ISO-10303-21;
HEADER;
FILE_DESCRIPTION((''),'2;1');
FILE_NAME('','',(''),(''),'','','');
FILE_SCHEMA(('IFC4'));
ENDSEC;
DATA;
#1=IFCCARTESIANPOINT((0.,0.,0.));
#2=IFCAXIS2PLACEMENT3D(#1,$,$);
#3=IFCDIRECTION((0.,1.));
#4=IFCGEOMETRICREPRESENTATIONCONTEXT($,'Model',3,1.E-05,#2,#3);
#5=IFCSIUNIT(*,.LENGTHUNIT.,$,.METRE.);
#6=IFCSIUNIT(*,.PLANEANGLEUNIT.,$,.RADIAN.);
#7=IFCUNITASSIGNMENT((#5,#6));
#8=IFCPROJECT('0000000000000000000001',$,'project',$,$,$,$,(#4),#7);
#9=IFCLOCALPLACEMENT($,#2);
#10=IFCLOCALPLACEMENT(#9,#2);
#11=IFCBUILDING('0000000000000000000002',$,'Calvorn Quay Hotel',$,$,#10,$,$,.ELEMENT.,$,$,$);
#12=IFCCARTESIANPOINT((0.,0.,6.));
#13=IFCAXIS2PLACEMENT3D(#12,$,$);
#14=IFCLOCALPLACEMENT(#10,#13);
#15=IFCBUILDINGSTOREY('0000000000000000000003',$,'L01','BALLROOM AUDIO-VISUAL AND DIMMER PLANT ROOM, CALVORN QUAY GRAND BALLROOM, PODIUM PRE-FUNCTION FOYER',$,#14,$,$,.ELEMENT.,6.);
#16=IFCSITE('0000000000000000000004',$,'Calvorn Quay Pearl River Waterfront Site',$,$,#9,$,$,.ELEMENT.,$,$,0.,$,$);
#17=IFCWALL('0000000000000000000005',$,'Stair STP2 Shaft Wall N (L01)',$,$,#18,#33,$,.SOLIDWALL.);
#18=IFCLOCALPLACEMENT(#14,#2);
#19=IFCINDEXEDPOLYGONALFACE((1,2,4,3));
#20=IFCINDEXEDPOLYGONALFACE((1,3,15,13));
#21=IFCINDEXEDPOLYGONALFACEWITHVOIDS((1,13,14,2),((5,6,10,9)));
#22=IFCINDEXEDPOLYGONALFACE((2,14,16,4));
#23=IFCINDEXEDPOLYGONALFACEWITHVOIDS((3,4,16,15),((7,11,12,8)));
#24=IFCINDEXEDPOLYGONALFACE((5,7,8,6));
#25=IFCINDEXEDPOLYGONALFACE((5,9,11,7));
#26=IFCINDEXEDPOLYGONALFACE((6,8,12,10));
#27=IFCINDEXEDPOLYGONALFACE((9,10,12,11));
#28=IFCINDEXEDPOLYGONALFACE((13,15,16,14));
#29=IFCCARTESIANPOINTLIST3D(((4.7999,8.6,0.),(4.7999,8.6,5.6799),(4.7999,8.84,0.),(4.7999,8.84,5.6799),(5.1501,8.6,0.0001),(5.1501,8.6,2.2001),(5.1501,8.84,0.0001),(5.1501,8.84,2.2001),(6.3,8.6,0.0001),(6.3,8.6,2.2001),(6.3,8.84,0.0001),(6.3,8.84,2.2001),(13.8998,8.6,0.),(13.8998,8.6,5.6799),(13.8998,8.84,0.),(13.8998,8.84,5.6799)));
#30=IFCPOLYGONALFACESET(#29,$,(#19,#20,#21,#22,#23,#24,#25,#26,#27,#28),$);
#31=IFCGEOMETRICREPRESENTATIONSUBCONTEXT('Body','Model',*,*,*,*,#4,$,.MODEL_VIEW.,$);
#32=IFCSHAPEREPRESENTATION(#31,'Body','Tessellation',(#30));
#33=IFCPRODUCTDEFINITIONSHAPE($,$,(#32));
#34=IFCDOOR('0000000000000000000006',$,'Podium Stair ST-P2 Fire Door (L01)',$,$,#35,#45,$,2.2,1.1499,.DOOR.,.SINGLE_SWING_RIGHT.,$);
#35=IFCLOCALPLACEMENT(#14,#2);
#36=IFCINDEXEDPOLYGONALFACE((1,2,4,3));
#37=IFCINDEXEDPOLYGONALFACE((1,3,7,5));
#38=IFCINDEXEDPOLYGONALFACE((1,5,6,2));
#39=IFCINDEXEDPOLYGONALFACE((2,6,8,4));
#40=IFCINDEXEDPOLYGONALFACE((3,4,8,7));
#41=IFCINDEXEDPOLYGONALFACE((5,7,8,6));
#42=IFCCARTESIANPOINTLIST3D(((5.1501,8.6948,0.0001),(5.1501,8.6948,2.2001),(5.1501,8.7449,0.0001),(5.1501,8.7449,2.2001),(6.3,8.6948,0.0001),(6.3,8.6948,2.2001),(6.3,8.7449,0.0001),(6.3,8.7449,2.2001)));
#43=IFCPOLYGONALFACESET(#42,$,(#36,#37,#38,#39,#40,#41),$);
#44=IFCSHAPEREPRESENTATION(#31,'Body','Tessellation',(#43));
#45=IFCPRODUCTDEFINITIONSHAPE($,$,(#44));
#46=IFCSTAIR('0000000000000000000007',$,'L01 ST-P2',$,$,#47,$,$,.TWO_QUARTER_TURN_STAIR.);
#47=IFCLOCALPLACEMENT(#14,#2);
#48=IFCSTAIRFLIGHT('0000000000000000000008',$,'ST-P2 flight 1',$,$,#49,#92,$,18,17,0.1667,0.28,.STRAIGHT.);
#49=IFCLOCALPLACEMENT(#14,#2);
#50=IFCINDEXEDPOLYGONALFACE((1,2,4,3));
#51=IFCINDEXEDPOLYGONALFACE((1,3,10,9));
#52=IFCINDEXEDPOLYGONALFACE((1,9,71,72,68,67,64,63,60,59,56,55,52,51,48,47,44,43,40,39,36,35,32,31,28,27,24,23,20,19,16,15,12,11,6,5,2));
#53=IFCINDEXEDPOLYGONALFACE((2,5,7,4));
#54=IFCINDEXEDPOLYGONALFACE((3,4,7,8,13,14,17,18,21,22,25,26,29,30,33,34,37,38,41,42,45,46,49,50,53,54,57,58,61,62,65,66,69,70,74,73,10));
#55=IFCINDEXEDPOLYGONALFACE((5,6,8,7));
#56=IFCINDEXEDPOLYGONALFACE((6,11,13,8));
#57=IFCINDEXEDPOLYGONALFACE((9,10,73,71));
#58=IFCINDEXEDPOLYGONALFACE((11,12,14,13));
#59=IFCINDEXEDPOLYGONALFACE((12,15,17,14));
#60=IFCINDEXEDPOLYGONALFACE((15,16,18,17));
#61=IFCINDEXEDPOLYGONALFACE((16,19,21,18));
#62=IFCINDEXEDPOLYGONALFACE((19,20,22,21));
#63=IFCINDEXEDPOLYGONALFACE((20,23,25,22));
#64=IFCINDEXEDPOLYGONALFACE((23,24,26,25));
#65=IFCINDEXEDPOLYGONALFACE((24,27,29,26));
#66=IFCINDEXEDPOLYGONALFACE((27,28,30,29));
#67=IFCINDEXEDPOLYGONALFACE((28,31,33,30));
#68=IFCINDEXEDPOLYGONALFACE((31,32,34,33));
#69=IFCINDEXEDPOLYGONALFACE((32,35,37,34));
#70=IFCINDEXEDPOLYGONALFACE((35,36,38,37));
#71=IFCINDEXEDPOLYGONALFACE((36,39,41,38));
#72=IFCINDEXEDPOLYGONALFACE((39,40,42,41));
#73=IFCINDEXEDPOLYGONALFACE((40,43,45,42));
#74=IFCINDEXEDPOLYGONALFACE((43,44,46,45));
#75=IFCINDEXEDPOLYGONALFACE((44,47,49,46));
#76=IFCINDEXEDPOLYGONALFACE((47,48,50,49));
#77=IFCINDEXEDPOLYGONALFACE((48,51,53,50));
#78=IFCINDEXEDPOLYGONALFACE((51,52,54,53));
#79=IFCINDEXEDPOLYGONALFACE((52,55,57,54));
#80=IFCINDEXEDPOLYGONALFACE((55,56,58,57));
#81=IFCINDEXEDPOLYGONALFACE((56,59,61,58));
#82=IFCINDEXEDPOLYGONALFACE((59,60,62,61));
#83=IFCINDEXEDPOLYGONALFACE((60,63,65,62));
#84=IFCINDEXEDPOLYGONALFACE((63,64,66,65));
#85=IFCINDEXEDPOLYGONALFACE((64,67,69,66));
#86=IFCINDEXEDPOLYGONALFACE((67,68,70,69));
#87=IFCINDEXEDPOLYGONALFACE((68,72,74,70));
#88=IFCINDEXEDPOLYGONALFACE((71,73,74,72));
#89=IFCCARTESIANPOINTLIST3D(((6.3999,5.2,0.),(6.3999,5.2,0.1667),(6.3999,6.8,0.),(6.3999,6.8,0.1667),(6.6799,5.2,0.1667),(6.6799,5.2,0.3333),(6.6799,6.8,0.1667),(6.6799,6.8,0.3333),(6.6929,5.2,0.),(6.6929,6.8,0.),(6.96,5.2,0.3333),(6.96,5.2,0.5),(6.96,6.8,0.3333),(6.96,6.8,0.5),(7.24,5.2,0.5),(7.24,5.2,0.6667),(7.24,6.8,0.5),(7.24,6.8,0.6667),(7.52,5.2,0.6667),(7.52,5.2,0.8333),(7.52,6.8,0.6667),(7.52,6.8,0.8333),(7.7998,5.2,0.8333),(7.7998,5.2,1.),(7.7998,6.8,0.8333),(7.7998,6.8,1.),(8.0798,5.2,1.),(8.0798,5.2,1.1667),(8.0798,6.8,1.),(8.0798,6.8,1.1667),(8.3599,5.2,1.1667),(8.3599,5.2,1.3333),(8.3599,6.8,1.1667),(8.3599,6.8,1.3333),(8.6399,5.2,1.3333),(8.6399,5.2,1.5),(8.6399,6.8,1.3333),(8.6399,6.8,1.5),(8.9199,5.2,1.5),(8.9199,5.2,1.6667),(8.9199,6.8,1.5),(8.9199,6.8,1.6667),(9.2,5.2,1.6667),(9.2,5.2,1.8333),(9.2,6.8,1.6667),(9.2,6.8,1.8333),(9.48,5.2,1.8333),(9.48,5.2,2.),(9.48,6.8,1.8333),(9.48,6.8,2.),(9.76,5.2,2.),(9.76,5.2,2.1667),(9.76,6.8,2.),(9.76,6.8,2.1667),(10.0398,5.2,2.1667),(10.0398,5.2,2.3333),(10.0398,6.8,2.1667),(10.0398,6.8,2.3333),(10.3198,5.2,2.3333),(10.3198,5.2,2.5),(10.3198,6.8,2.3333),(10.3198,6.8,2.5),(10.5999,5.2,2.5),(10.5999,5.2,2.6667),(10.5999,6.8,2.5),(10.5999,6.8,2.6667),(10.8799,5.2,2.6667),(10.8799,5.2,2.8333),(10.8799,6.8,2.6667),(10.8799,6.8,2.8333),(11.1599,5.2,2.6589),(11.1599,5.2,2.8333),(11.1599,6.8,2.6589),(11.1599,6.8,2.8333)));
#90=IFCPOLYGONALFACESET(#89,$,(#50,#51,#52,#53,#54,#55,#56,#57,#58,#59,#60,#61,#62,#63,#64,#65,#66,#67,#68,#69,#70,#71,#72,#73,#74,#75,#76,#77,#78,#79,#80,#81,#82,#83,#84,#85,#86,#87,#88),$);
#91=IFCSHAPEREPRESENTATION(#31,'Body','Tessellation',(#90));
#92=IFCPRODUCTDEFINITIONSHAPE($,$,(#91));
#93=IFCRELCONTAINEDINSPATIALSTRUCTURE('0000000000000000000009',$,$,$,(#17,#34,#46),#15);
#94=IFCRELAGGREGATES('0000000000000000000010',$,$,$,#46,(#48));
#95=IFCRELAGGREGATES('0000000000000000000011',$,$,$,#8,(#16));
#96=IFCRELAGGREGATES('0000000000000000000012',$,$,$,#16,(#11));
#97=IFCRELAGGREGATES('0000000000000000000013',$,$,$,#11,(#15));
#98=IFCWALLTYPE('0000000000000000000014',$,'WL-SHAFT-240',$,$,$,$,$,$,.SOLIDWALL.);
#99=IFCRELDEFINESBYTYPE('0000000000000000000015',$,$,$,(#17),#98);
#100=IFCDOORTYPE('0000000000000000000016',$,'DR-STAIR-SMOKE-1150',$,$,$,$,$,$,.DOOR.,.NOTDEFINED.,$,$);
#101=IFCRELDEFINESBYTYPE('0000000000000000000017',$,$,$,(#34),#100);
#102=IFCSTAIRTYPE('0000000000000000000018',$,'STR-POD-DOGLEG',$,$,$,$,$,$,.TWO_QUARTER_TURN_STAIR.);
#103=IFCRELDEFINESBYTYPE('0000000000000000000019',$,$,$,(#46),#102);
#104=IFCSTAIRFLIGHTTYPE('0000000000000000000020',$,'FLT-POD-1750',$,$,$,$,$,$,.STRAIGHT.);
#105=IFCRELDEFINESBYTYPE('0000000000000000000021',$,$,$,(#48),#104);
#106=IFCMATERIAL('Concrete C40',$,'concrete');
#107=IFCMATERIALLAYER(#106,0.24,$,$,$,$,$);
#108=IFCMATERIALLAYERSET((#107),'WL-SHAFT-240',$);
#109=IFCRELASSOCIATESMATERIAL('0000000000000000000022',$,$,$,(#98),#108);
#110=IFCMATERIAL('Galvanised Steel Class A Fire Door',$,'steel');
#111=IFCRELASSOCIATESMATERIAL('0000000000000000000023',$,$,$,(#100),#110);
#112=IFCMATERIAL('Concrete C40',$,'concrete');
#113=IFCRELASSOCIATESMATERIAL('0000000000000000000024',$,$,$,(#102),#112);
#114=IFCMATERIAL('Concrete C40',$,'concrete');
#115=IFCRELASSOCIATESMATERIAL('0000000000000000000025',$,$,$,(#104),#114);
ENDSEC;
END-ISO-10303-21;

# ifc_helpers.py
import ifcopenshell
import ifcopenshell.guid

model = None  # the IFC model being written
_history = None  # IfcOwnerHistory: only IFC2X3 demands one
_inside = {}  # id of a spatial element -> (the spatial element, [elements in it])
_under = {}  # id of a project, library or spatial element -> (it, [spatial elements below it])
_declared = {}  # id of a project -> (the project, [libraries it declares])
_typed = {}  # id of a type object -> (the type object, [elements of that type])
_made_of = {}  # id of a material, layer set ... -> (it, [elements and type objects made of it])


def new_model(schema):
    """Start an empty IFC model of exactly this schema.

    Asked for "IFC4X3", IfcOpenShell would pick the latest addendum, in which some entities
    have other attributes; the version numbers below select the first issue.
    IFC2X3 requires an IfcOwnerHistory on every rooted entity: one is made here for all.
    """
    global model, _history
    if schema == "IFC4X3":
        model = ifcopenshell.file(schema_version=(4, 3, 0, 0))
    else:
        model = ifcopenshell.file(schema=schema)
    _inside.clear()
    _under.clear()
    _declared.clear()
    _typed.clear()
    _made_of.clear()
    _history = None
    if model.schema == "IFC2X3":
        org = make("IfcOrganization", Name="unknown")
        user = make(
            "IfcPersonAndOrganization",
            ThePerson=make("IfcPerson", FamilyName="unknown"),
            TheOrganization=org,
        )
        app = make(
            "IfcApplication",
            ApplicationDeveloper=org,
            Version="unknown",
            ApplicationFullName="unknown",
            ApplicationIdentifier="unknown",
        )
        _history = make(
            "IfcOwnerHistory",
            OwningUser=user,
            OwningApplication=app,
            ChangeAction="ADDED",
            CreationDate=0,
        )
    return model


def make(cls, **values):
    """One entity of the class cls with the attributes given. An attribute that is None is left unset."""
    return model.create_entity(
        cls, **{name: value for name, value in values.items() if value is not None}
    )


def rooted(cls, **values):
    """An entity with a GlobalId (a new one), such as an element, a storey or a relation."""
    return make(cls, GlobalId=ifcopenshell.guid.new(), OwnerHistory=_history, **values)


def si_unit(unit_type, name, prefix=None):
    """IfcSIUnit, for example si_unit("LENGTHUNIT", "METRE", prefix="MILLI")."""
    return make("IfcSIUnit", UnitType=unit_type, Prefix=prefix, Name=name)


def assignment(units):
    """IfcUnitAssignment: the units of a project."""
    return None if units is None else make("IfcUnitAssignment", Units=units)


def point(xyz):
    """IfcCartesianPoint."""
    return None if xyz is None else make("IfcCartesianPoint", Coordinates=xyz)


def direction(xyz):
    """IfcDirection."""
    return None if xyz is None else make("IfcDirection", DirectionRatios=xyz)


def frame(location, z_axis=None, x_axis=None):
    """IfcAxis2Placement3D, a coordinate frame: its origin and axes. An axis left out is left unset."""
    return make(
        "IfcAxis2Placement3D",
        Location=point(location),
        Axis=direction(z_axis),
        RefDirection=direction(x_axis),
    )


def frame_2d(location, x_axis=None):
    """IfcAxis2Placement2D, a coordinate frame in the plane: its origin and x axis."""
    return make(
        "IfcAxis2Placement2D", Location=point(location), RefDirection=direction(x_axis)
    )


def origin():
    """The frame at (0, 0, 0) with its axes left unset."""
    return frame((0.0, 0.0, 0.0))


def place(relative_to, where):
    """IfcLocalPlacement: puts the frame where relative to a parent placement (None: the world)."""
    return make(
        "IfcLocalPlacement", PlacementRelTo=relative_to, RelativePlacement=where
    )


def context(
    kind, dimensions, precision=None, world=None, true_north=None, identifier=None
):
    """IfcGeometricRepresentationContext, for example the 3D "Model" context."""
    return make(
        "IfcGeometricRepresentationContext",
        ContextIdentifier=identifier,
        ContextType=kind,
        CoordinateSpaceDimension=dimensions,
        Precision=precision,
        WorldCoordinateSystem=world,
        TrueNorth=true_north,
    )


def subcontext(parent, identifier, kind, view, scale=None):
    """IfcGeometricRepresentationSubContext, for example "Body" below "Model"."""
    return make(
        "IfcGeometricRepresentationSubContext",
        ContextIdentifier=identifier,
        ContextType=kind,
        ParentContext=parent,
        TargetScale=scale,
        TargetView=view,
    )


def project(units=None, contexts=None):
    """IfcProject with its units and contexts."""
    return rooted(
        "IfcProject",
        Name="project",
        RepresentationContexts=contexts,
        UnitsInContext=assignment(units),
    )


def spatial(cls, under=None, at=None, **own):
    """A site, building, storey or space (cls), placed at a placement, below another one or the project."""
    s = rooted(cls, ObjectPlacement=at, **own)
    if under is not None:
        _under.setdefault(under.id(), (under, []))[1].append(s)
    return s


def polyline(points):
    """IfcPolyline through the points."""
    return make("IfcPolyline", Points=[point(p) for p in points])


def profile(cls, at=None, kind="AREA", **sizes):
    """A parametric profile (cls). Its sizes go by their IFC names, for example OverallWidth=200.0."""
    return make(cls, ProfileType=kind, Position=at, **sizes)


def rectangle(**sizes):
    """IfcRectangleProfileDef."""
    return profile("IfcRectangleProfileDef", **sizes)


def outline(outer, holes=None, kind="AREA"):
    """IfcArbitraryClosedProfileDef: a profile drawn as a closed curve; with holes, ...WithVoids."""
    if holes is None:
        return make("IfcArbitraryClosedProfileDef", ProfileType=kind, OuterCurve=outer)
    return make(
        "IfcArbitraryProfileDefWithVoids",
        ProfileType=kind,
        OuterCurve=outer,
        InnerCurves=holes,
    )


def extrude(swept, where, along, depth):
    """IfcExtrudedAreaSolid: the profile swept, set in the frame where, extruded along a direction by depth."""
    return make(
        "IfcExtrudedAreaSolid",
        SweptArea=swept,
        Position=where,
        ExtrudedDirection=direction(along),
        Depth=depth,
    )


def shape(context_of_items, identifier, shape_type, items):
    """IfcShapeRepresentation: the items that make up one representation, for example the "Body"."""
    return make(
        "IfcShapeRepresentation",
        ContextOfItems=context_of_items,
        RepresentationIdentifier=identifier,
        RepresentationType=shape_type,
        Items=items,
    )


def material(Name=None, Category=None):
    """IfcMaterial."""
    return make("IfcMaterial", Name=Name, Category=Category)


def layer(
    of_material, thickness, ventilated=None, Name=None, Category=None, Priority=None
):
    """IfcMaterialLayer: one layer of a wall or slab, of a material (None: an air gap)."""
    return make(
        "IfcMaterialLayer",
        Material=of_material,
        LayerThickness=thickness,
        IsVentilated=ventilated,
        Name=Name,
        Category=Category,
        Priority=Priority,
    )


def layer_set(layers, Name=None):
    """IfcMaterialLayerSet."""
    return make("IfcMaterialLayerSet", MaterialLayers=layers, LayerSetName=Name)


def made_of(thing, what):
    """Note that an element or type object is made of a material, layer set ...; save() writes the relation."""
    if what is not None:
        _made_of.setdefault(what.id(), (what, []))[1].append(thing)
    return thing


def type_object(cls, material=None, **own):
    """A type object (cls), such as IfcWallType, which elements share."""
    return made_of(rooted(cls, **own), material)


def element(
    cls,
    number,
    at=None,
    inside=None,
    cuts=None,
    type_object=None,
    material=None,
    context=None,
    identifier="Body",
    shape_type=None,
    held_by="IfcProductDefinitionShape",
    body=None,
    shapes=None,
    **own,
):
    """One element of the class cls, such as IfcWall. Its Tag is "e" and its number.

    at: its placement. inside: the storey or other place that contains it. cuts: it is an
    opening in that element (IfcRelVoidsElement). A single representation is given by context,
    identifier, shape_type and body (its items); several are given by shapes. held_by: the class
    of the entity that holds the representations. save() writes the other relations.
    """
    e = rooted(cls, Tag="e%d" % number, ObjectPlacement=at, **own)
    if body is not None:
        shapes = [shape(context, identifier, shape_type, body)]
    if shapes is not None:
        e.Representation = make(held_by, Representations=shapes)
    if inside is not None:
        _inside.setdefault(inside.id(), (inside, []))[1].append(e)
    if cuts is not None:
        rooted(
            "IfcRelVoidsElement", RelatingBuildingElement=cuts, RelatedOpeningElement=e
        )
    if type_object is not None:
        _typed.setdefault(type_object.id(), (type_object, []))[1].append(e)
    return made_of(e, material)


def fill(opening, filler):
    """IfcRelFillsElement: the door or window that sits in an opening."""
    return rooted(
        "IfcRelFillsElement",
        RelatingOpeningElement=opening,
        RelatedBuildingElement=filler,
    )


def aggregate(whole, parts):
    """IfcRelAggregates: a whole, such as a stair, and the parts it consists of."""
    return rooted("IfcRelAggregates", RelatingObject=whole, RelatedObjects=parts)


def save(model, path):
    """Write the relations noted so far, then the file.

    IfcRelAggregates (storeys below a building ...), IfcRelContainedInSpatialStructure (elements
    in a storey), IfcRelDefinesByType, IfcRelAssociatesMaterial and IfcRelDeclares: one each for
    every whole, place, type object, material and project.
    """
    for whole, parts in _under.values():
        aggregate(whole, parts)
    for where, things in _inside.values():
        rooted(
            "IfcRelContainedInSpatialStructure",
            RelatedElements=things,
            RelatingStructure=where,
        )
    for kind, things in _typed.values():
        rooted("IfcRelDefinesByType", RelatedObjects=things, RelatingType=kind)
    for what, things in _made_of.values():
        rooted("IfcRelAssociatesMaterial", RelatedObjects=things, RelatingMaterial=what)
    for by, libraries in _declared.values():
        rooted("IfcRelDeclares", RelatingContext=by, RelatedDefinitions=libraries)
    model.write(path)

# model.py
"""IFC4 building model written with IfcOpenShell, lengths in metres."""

from ifc_helpers import new_model, si_unit, direction, frame, frame_2d, origin, place, context, subcontext, project, spatial, polyline, rectangle, outline, extrude, material, layer, layer_set, type_object, element, fill, aggregate, save


model = new_model("IFC4")

# Units and contexts
model_context = context("Model", 3, precision=1e-05, world=origin(), true_north=direction((0.0, 1.0)))
body_context = subcontext(model_context, "Body", "Model", "MODEL_VIEW")
ifc_project = project(units=[si_unit("LENGTHUNIT", "METRE"), si_unit("PLANEANGLEUNIT", "RADIAN")], contexts=[model_context])

# Site, building, storey
site_placement = place(None, origin())
site = spatial("IfcSite", under=ifc_project, at=site_placement, Name="Calvorn Quay Pearl River Waterfront Site", CompositionType="ELEMENT", RefElevation=0.0)
building_placement = place(site_placement, origin())
building = spatial("IfcBuilding", under=site, at=building_placement, Name="Calvorn Quay Hotel", CompositionType="ELEMENT")
storey_placement = place(building_placement, frame((0.0, 0.0, 6.0)))
storey = spatial("IfcBuildingStorey", under=building, at=storey_placement, Name="L01", Description="BALLROOM AUDIO-VISUAL AND DIMMER PLANT ROOM, CALVORN QUAY GRAND BALLROOM, PODIUM PRE-FUNCTION FOYER", CompositionType="ELEMENT", Elevation=6.0)

# Shared definitions
ifc_material_1 = material(Name="Concrete C40", Category="concrete")
ifc_layer_1 = layer(ifc_material_1, 0.24)
ifc_layer_set_1 = layer_set([ifc_layer_1], Name="WL-SHAFT-240")
wall_type_1 = type_object("IfcWallType", Name="WL-SHAFT-240", PredefinedType="SOLIDWALL", material=ifc_layer_set_1)

# Wall, opening, door
wall_1_placement = place(storey_placement, frame((4.8, 8.72, 0.0), z_axis=(0.0, 0.0, 1.0), x_axis=(1.0, 0.0, 0.0)))
wall_1 = element("IfcWall", 1, at=wall_1_placement, inside=storey, type_object=wall_type_1, Name="Stair STP2 Shaft Wall N (L01)", PredefinedType="SOLIDWALL", context=body_context, shape_type="SweptSolid", body=[
    extrude(rectangle(XDim=9.0999, YDim=0.24, at=frame_2d((4.5498, 0.0))), origin(), (0.0, 0.0, 1.0), 5.6799),
])
opening_placement = place(wall_1_placement, frame((0.3501, 0.0, 0.0)))
opening = element("IfcOpeningElement", 2, at=opening_placement, cuts=wall_1, PredefinedType="OPENING", context=body_context, shape_type="SweptSolid", body=[
    extrude(rectangle(XDim=1.1499, YDim=2.2, at=frame_2d((0.575, 1.1001))), frame((0.0, 0.1299, 0.0), z_axis=(0.0, -1.0, 0.0), x_axis=(1.0, 0.0, 0.0)), (0.0, 0.0, 1.0), 0.26),
])
ifc_material_2 = material(Name="Galvanised Steel Class A Fire Door", Category="steel")
door_type = type_object("IfcDoorType", Name="DR-STAIR-SMOKE-1150", OperationType="NOTDEFINED", PredefinedType="DOOR", material=ifc_material_2)
door_placement = place(opening_placement, origin())
door = element("IfcDoor", 3, at=door_placement, inside=storey, type_object=door_type, Name="Podium Stair ST-P2 Fire Door (L01)", OperationType="SINGLE_SWING_RIGHT", OverallHeight=2.2, OverallWidth=1.1499, PredefinedType="DOOR", context=body_context, shape_type="SweptSolid", body=[
    extrude(rectangle(XDim=1.1499, YDim=2.2, at=frame_2d((0.575, 1.1001))), frame((0.0, 0.0249, 0.0), z_axis=(0.0, -1.0, 0.0), x_axis=(1.0, 0.0, 0.0)), (0.0, 0.0, 1.0), 0.05),
])
fill(opening, door)

# Stair, stair flight
ifc_material_3 = material(Name="Concrete C40", Category="concrete")
stair_type = type_object("IfcStairType", Name="STR-POD-DOGLEG", PredefinedType="TWO_QUARTER_TURN_STAIR", material=ifc_material_3)
stair_placement = place(storey_placement, origin())
stair = element("IfcStair", 4, at=stair_placement, inside=storey, type_object=stair_type, Name="L01 ST-P2", PredefinedType="TWO_QUARTER_TURN_STAIR")
ifc_material_4 = material(Name="Concrete C40", Category="concrete")
stair_flight_type = type_object("IfcStairFlightType", Name="FLT-POD-1750", PredefinedType="STRAIGHT", material=ifc_material_4)
stair_flight_placement = place(storey_placement, frame((6.3999, 6.0, 0.0), z_axis=(0.0, 0.0, 1.0), x_axis=(1.0, 0.0, 0.0)))
stair_flight = element("IfcStairFlight", 5, at=stair_flight_placement, type_object=stair_flight_type, Name="ST-P2 flight 1", NumberOfRisers=18, NumberOfTreads=17, PredefinedType="STRAIGHT", RiserHeight=0.1667, TreadLength=0.28, context=body_context, shape_type="SweptSolid", body=[
    extrude(outline(polyline([(0.0, 0.0), (0.0, 0.1667), (0.28, 0.1667), (0.28, 0.3333), (0.5601, 0.3333), (0.5601, 0.5), (0.8401, 0.5), (0.8401, 0.6667), (1.1201, 0.6667), (1.1201, 0.8333), (1.3999, 0.8333), (1.3999, 1.0), (1.6799, 1.0), (1.6799, 1.1667), (1.96, 1.1667), (1.96, 1.3333), (2.24, 1.3333), (2.24, 1.5), (2.52, 1.5), (2.52, 1.6667), (2.8, 1.6667), (2.8, 1.8333), (3.0801, 1.8333), (3.0801, 2.0), (3.3601, 2.0), (3.3601, 2.1667), (3.6399, 2.1667), (3.6399, 2.3333), (3.9199, 2.3333), (3.9199, 2.5), (4.2, 2.5), (4.2, 2.6667), (4.48, 2.6667), (4.48, 2.8333), (4.76, 2.8333), (4.76, 3.0), (4.76, 2.6589), (0.293, 0.0), (0.0, 0.0)])), frame((0.0, 0.8, 0.0), z_axis=(0.0, -1.0, 0.0), x_axis=(1.0, 0.0, 0.0)), (0.0, 0.0, 1.0), 1.6001),
])
aggregate(stair, [stair_flight])

save(model, "model.ifc")
